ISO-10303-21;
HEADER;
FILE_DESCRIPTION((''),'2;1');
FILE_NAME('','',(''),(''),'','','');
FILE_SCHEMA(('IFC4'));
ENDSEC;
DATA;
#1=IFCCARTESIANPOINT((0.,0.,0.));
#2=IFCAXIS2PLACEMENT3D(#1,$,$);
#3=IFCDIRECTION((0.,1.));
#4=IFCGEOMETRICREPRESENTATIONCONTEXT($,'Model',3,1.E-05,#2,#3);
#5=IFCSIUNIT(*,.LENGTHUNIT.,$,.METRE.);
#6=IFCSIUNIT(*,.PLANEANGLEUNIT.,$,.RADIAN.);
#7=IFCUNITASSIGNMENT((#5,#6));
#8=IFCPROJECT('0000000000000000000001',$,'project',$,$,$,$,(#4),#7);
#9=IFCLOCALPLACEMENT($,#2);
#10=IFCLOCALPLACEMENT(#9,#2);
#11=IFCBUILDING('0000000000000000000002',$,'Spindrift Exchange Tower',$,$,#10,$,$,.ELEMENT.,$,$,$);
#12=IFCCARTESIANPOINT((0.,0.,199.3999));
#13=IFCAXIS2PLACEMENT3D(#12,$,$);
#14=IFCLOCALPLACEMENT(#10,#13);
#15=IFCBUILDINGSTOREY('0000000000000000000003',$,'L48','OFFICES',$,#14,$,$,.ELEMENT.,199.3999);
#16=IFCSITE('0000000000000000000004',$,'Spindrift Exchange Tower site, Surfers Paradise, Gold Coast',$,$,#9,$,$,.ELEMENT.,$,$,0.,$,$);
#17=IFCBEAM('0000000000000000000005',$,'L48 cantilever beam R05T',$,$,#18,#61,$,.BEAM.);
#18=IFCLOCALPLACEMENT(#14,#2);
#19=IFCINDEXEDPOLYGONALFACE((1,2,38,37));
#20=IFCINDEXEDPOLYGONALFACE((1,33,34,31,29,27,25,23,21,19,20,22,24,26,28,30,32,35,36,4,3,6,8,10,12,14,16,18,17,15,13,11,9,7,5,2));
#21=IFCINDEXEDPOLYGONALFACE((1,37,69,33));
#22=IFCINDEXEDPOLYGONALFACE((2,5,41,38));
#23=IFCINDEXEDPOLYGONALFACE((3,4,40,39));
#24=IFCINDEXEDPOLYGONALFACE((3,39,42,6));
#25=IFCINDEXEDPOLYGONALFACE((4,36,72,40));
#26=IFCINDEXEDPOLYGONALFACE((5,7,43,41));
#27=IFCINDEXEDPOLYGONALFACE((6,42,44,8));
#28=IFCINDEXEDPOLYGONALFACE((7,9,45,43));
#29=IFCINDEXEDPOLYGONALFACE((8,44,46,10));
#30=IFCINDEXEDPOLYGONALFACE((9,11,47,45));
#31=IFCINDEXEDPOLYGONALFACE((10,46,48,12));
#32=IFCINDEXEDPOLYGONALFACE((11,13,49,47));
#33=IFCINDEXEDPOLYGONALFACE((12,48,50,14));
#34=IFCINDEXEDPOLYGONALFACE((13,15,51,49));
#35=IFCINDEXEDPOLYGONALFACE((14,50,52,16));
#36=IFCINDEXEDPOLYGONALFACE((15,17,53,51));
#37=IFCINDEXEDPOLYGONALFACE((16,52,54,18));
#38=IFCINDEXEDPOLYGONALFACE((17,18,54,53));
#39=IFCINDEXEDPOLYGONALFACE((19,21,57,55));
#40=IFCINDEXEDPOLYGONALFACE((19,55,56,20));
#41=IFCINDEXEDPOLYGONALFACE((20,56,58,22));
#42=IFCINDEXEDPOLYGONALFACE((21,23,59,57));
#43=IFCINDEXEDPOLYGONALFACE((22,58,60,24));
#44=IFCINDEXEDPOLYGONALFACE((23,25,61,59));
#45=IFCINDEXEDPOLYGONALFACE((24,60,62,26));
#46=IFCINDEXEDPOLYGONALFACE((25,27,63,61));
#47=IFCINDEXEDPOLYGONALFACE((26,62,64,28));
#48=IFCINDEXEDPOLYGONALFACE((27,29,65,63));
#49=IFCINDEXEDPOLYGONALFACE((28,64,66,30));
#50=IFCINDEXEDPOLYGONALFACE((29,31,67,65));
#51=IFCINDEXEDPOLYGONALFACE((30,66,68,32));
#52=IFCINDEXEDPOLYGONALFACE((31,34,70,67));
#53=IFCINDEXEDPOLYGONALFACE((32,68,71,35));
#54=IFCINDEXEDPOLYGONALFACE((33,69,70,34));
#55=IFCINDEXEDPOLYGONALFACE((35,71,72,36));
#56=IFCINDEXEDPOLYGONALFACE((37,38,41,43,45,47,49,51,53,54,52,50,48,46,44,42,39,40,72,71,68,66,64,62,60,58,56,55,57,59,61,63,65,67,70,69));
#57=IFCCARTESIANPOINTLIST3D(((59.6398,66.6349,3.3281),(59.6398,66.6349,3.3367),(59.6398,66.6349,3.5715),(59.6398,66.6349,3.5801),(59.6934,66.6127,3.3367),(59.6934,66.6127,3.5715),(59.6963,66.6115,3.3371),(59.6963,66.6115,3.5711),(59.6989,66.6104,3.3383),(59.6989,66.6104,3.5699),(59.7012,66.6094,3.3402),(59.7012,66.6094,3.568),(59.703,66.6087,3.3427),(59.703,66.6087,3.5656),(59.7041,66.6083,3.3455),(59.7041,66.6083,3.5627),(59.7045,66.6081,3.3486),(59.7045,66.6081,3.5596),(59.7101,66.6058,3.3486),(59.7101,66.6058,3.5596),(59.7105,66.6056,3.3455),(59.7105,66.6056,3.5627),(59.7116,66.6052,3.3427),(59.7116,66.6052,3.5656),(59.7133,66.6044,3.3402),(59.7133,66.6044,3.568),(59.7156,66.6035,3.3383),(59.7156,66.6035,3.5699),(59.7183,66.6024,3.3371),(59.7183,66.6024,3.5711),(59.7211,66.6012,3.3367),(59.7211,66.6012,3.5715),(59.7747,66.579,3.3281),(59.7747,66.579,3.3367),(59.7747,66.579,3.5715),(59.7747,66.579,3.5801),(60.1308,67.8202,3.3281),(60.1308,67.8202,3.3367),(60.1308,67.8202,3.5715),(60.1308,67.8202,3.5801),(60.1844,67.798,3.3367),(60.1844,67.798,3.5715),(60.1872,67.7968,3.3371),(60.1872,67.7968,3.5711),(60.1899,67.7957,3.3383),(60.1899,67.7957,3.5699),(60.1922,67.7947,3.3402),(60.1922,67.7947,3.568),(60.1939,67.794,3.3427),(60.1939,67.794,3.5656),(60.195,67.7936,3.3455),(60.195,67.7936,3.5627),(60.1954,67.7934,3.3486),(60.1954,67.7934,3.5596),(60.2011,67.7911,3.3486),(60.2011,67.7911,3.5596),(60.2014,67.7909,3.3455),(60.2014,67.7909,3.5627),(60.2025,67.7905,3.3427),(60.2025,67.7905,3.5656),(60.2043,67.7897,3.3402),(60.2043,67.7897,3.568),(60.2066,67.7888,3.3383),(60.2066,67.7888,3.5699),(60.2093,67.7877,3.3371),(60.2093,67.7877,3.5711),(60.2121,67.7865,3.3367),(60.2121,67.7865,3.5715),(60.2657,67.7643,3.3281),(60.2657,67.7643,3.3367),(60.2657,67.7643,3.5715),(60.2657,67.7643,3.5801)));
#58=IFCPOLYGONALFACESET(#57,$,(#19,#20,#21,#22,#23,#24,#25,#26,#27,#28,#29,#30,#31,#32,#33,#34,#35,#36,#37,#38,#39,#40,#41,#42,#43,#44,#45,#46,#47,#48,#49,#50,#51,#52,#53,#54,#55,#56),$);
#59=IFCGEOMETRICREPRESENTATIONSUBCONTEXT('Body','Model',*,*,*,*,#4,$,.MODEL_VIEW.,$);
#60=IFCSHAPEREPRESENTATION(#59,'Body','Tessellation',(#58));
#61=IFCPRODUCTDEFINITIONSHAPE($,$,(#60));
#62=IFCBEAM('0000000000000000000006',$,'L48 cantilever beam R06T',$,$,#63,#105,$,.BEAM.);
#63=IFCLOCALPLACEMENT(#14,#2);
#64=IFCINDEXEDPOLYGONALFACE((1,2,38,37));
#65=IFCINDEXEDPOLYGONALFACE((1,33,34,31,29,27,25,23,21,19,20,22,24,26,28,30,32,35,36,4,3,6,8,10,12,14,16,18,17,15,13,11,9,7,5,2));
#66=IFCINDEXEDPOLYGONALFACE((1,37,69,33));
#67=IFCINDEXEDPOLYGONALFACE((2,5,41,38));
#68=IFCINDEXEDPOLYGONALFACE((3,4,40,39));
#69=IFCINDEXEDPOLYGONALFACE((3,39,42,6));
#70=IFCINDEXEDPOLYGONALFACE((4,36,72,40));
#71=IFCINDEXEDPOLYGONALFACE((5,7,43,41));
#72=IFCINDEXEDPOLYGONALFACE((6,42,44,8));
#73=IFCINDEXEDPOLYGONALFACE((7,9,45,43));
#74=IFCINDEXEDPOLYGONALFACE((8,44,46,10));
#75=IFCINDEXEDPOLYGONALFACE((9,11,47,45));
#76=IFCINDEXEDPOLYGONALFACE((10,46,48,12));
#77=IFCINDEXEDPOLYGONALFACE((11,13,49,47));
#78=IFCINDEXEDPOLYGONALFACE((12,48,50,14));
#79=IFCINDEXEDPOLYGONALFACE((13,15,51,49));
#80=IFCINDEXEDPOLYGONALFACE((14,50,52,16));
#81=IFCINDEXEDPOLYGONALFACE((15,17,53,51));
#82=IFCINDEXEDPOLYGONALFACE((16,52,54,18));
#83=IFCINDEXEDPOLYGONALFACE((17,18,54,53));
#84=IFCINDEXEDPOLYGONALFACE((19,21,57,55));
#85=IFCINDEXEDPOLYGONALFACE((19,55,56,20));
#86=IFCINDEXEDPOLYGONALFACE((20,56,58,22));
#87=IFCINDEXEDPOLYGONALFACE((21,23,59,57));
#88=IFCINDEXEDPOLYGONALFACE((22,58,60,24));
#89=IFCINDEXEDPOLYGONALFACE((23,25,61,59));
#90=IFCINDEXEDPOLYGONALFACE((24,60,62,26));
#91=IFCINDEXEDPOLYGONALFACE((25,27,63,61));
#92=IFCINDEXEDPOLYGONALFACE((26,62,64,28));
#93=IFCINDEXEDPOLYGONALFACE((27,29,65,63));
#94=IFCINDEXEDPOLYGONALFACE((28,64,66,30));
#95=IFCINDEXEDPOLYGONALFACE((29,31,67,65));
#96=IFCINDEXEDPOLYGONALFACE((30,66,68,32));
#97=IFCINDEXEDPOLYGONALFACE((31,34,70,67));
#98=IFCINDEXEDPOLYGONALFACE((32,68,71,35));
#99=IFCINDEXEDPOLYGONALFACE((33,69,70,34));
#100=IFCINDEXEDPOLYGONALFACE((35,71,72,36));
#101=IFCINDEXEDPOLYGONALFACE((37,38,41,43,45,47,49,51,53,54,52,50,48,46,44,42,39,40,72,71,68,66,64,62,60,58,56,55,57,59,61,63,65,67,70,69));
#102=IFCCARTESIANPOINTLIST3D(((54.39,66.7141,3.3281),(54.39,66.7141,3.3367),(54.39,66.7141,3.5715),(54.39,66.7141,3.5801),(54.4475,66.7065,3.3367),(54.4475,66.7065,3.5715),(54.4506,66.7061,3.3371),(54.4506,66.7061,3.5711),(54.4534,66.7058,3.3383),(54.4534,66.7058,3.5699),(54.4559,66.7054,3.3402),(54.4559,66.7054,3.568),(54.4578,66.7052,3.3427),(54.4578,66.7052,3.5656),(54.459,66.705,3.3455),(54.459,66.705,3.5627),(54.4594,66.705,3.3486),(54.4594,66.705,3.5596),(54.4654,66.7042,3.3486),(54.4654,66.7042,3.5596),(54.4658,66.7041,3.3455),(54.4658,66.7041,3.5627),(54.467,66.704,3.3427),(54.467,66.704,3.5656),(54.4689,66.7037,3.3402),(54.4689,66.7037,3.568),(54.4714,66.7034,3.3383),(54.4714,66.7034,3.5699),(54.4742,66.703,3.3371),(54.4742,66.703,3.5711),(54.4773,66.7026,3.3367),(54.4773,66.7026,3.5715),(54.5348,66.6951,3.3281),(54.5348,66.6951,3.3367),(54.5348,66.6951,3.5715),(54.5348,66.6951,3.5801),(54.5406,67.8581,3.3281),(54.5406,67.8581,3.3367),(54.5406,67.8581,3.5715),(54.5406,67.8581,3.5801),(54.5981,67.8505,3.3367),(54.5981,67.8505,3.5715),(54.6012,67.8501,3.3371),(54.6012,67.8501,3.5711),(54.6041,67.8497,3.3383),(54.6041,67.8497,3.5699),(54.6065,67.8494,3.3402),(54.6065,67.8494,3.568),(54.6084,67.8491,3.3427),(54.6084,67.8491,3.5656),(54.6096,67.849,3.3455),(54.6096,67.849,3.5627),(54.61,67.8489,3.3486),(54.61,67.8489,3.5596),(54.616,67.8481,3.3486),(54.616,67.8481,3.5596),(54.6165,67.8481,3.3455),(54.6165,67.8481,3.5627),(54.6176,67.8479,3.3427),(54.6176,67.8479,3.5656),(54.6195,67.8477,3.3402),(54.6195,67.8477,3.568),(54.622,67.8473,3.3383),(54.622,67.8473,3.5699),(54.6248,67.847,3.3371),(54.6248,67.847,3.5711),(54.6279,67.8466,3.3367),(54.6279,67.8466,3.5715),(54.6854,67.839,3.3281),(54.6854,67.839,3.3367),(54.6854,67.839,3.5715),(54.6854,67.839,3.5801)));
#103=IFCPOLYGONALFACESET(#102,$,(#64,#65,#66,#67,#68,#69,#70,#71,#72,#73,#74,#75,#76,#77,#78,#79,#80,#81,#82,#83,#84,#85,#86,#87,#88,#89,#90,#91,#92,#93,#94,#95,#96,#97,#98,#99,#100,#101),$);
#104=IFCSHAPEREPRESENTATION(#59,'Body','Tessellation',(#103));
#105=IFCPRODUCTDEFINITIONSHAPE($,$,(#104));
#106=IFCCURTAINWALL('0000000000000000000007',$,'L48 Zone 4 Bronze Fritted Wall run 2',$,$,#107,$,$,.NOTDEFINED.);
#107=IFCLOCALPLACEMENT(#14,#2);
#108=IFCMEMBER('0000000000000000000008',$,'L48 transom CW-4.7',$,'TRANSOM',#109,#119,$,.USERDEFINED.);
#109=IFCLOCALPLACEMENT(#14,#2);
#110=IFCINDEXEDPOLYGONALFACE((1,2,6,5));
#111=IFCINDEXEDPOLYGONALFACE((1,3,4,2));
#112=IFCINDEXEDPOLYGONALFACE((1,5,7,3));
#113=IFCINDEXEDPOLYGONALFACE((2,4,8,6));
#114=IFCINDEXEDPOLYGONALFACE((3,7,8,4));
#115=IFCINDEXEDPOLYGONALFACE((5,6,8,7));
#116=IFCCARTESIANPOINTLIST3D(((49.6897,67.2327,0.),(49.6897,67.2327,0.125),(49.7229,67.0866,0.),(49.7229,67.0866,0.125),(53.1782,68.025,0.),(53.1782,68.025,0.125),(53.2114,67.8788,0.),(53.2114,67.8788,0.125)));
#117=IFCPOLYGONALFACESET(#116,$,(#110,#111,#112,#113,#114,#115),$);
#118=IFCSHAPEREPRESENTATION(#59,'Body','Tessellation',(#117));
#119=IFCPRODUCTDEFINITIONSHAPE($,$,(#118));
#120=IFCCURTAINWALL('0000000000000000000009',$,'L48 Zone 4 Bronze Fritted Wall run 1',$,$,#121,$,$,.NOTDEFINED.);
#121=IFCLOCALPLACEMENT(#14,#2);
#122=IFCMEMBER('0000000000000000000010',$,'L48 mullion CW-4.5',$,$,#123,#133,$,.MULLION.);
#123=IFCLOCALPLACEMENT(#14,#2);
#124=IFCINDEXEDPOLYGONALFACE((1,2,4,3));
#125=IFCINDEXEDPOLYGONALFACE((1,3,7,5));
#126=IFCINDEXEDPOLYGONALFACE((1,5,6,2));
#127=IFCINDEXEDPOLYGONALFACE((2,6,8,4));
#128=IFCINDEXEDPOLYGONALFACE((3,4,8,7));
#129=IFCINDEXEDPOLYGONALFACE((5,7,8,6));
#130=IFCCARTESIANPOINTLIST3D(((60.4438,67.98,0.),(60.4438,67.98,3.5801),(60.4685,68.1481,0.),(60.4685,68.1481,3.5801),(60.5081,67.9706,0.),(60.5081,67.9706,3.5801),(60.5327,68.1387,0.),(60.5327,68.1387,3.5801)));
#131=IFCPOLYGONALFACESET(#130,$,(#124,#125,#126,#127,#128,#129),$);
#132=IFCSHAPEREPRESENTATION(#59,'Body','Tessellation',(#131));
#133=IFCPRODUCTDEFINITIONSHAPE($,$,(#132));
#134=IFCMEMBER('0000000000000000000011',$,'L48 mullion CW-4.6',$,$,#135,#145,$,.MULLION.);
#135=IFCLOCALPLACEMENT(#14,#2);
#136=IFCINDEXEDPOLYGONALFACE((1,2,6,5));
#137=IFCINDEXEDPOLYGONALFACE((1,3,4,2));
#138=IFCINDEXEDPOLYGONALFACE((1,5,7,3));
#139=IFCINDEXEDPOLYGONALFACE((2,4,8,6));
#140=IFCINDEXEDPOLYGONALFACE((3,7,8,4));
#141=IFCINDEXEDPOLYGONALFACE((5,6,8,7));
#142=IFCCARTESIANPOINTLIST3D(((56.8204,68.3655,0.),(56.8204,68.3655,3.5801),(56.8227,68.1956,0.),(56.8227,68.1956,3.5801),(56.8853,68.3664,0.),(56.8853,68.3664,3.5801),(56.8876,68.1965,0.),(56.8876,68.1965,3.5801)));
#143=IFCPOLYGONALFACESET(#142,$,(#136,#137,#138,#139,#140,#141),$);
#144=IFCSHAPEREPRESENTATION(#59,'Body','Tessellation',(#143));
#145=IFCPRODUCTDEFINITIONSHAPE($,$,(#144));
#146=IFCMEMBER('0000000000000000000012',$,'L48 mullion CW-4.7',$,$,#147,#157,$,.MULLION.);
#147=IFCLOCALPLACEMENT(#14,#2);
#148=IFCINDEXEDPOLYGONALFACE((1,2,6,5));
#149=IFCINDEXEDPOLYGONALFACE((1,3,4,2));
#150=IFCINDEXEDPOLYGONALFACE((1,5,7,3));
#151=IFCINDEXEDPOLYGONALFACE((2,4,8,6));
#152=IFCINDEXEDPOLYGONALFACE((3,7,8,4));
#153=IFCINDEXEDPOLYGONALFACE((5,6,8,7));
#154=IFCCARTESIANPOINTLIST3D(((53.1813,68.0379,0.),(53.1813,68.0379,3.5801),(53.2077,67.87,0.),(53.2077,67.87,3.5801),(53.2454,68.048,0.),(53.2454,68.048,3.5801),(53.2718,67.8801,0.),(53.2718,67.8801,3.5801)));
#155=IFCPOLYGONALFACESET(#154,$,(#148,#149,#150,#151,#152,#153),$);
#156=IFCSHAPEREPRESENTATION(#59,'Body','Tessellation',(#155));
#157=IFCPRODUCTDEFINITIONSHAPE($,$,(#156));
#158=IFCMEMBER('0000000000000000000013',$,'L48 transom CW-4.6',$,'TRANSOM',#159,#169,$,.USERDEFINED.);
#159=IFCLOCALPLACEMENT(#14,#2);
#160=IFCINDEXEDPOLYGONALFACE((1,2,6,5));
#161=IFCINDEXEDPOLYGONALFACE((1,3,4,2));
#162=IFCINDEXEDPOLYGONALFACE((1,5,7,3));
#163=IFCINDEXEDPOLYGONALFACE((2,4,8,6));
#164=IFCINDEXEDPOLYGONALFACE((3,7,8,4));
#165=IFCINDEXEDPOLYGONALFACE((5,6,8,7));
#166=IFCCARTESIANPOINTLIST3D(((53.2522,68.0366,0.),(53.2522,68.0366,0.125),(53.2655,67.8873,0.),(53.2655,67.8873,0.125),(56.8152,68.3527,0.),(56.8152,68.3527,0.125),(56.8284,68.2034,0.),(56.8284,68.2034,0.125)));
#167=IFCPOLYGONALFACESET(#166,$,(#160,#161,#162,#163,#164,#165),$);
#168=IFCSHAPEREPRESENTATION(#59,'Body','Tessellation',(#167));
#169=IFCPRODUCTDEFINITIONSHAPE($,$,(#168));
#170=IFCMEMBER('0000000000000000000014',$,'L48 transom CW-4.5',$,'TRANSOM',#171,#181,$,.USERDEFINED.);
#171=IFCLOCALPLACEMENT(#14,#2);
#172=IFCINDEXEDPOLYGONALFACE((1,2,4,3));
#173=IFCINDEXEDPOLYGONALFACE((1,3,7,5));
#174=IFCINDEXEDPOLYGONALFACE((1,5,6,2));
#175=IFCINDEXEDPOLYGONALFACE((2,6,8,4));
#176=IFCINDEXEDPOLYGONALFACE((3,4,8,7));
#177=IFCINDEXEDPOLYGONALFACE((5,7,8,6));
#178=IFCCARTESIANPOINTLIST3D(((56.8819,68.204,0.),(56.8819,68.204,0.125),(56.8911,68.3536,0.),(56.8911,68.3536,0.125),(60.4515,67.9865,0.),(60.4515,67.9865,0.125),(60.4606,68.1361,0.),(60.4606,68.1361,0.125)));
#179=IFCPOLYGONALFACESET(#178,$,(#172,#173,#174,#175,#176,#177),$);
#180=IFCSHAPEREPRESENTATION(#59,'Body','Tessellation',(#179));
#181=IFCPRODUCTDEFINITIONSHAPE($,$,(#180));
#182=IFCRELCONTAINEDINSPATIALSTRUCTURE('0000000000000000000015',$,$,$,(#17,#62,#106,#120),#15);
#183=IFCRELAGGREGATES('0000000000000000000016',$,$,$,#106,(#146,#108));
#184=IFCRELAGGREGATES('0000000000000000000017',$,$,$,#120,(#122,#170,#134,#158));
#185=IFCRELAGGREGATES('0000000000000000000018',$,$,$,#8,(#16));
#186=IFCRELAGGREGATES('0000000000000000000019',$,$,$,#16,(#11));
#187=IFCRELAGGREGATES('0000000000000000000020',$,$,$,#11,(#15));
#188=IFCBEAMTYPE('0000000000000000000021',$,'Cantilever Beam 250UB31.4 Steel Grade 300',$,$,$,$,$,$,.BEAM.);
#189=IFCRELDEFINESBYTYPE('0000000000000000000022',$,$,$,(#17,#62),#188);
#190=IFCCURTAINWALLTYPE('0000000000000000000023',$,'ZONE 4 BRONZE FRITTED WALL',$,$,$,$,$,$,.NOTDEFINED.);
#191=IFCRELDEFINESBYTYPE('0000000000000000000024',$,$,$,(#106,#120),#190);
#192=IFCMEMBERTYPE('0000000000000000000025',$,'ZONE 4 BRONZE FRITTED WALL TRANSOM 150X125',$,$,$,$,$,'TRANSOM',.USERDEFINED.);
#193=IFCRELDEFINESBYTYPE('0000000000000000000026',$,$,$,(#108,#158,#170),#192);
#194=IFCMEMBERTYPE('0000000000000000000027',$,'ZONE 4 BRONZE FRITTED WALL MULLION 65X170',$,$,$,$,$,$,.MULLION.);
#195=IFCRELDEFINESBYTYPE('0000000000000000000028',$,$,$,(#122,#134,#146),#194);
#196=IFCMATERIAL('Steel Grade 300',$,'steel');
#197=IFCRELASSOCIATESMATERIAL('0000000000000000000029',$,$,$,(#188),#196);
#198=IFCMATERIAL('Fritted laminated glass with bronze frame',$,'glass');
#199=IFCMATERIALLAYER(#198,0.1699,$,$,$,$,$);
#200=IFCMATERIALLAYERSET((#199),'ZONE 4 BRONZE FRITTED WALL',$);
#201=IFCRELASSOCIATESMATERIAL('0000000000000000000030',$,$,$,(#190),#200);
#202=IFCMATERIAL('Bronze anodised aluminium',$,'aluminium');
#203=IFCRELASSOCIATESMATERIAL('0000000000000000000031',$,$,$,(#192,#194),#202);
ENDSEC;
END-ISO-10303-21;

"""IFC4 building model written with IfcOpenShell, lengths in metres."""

from ifc_helpers import new_model, si_unit, direction, frame, origin, origin_2d, place, context, subcontext, project, spatial, rectangle, i_section, extrude, source, transform, mapped, material, layer, layer_set, material_profile, profile_set, type_object, element, aggregate, save


model = new_model("IFC4")

# Units and contexts
model_context = context("Model", 3, precision=1e-05, world=origin(), true_north=direction((0.0, 1.0)))
body_context = subcontext(model_context, "Body", "Model", "MODEL_VIEW")
ifc_project = project(units=[si_unit("LENGTHUNIT", "METRE"), si_unit("PLANEANGLEUNIT", "RADIAN")], contexts=[model_context])

# Site, building, storey
site_placement = place(None, origin())
site = spatial("IfcSite", under=ifc_project, at=site_placement, Name="Spindrift Exchange Tower site, Surfers Paradise, Gold Coast", CompositionType="ELEMENT", RefElevation=0.0)
building_placement = place(site_placement, origin())
building = spatial("IfcBuilding", under=site, at=building_placement, Name="Spindrift Exchange Tower", CompositionType="ELEMENT")
storey_placement = place(building_placement, frame((0.0, 0.0, 199.3999)))
storey = spatial("IfcBuildingStorey", under=building, at=storey_placement, Name="L48", Description="OFFICES", CompositionType="ELEMENT", Elevation=199.3999)

# Beams
ifc_material_1 = material(Name="Steel Grade 300", Category="steel")
ifc_material_profile_1 = material_profile(ifc_material_1, i_section(OverallWidth=0.146, OverallDepth=0.252, WebThickness=0.0061, FlangeThickness=0.0085, FilletRadius=0.012, at=origin_2d()), Name="250UB31.4")
ifc_profile_set_1 = profile_set([ifc_material_profile_1], Name="Steel Grade 300")
beam_type_1 = type_object("IfcBeamType", Name="Cantilever Beam 250UB31.4 Steel Grade 300", PredefinedType="BEAM", material=ifc_profile_set_1)
shared_shape_1 = source(origin(), body_context, "Body", "SweptSolid", [
    extrude(i_section(OverallWidth=0.146, OverallDepth=0.252, WebThickness=0.0061, FlangeThickness=0.0085, FilletRadius=0.012, at=origin_2d()), origin(), (0.0, 0.0, 1.0), 1.283),
])
beam_1_placement = place(storey_placement, frame((59.7073, 66.6069, 3.4541), z_axis=(0.382682, 0.92388, 0.0), x_axis=(-0.92388, 0.382682, 0.0)))
element("IfcBeam", 1, at=beam_1_placement, inside=storey, type_object=beam_type_1, Name="L48 cantilever beam R05T", PredefinedType="BEAM", context=body_context, shape_type="MappedRepresentation", body=[
    mapped(shared_shape_1, transform((0.0, 0.0, 0.0), scale=1.0)),
])
shared_shape_2 = source(origin(), body_context, "Body", "SweptSolid", [
    extrude(i_section(OverallWidth=0.146, OverallDepth=0.252, WebThickness=0.0061, FlangeThickness=0.0085, FilletRadius=0.012, at=origin_2d()), origin(), (0.0, 0.0, 1.0), 1.1538),
])
beam_2_placement = place(storey_placement, frame((54.4624, 66.7046, 3.4541), z_axis=(0.130542, 0.991443, 0.0), x_axis=(-0.991443, 0.130542, 0.0)))
element("IfcBeam", 2, at=beam_2_placement, inside=storey, type_object=beam_type_1, Name="L48 cantilever beam R06T", PredefinedType="BEAM", context=body_context, shape_type="MappedRepresentation", body=[
    mapped(shared_shape_2, transform((0.0, 0.0, 0.0), scale=1.0)),
])

# Curtain wall, member
ifc_material_2 = material(Name="Fritted laminated glass with bronze frame", Category="glass")
ifc_layer_1 = layer(ifc_material_2, 0.1699)
ifc_layer_set_1 = layer_set([ifc_layer_1], Name="ZONE 4 BRONZE FRITTED WALL")
curtain_wall_type = type_object("IfcCurtainWallType", Name="ZONE 4 BRONZE FRITTED WALL", PredefinedType="NOTDEFINED", material=ifc_layer_set_1)
curtain_wall_1_placement = place(storey_placement, origin())
curtain_wall_1 = element("IfcCurtainWall", 3, at=curtain_wall_1_placement, inside=storey, type_object=curtain_wall_type, Name="L48 Zone 4 Bronze Fritted Wall run 2", PredefinedType="NOTDEFINED")
ifc_material_3 = material(Name="Bronze anodised aluminium", Category="aluminium")
ifc_material_profile_2 = material_profile(ifc_material_3, rectangle(XDim=0.1499, YDim=0.125, at=origin_2d()), Name="ZONE 4 BRONZE FRITTED WALL TRANSOM 150X125")
ifc_profile_set_2 = profile_set([ifc_material_profile_2], Name="Bronze anodised aluminium")
member_type_1 = type_object("IfcMemberType", Name="ZONE 4 BRONZE FRITTED WALL TRANSOM 150X125", ElementType="TRANSOM", PredefinedType="USERDEFINED", material=ifc_profile_set_2)
shared_shape_3 = source(origin(), body_context, "Body", "SweptSolid", [
    extrude(rectangle(XDim=0.1499, YDim=0.125, at=origin_2d()), origin(), (0.0, 0.0, 1.0), 3.5774),
])
member_1_placement = place(storey_placement, frame((53.1948, 67.9519, 0.0625), z_axis=(-0.97517, -0.221459, 0.0), x_axis=(0.221459, -0.97517, 0.0)))
member_1 = element("IfcMember", 4, at=member_1_placement, type_object=member_type_1, Name="L48 transom CW-4.7", ObjectType="TRANSOM", PredefinedType="USERDEFINED", context=body_context, shape_type="MappedRepresentation", body=[
    mapped(shared_shape_3, transform((0.0, 0.0, 0.0), scale=1.0)),
])

# Curtain wall, members
curtain_wall_2_placement = place(storey_placement, origin())
curtain_wall_2 = element("IfcCurtainWall", 5, at=curtain_wall_2_placement, inside=storey, type_object=curtain_wall_type, Name="L48 Zone 4 Bronze Fritted Wall run 1", PredefinedType="NOTDEFINED")
ifc_material_profile_3 = material_profile(ifc_material_3, rectangle(XDim=0.0649, YDim=0.1699, at=origin_2d()), Name="ZONE 4 BRONZE FRITTED WALL MULLION 65X170")
ifc_profile_set_3 = profile_set([ifc_material_profile_3], Name="Bronze anodised aluminium")
member_type_2 = type_object("IfcMemberType", Name="ZONE 4 BRONZE FRITTED WALL MULLION 65X170", PredefinedType="MULLION", material=ifc_profile_set_3)
shared_shape_4 = source(origin(), body_context, "Body", "SweptSolid", [
    extrude(rectangle(XDim=0.0649, YDim=0.1699, at=origin_2d()), origin(), (0.0, 0.0, 1.0), 3.5801),
])
member_2_placement = place(storey_placement, frame((60.4883, 68.0593, 0.0), z_axis=(0.0, 0.0, 1.0), x_axis=(-0.989431, 0.145006, 0.0)))
member_2 = element("IfcMember", 6, at=member_2_placement, type_object=member_type_2, Name="L48 mullion CW-4.5", PredefinedType="MULLION", context=body_context, shape_type="MappedRepresentation", body=[
    mapped(shared_shape_4, transform((0.0, 0.0, 0.0), scale=1.0)),
])
member_3_placement = place(storey_placement, frame((56.854, 68.281, 0.0), z_axis=(0.0, 0.0, 1.0), x_axis=(-0.999905, -0.013789, 0.0)))
member_3 = element("IfcMember", 7, at=member_3_placement, type_object=member_type_2, Name="L48 mullion CW-4.6", PredefinedType="MULLION", context=body_context, shape_type="MappedRepresentation", body=[
    mapped(shared_shape_4, transform((0.0, 0.0, 0.0), scale=1.0)),
])

# Members
member_4_placement = place(storey_placement, frame((53.2266, 67.959, 0.0), z_axis=(0.0, 0.0, 1.0), x_axis=(-0.987874, -0.155256, 0.0)))
member_4 = element("IfcMember", 8, at=member_4_placement, type_object=member_type_2, Name="L48 mullion CW-4.7", PredefinedType="MULLION", context=body_context, shape_type="MappedRepresentation", body=[
    mapped(shared_shape_4, transform((0.0, 0.0, 0.0), scale=1.0)),
])
aggregate(curtain_wall_1, [member_4, member_1])
shared_shape_5 = source(origin(), body_context, "Body", "SweptSolid", [
    extrude(rectangle(XDim=0.1499, YDim=0.125, at=origin_2d()), origin(), (0.0, 0.0, 1.0), 3.5769),
])
member_5_placement = place(storey_placement, frame((56.8218, 68.2781, 0.0625), z_axis=(-0.996086, -0.088388, 0.0), x_axis=(0.088388, -0.996086, 0.0)))
member_5 = element("IfcMember", 9, at=member_5_placement, type_object=member_type_1, Name="L48 transom CW-4.6", ObjectType="TRANSOM", PredefinedType="USERDEFINED", context=body_context, shape_type="MappedRepresentation", body=[
    mapped(shared_shape_5, transform((0.0, 0.0, 0.0), scale=1.0)),
])
shared_shape_6 = source(origin(), body_context, "Body", "SweptSolid", [
    extrude(rectangle(XDim=0.1499, YDim=0.125, at=origin_2d()), origin(), (0.0, 0.0, 1.0), 3.5762),
])
member_6_placement = place(storey_placement, frame((60.4561, 68.0613, 0.0625), z_axis=(-0.998148, 0.060827, 0.0), x_axis=(-0.060827, -0.998148, 0.0)))
member_6 = element("IfcMember", 10, at=member_6_placement, type_object=member_type_1, Name="L48 transom CW-4.5", ObjectType="TRANSOM", PredefinedType="USERDEFINED", context=body_context, shape_type="MappedRepresentation", body=[
    mapped(shared_shape_6, transform((0.0, 0.0, 0.0), scale=1.0)),
])

aggregate(curtain_wall_2, [member_2, member_6, member_3, member_5])

save(model, "model.ifc")
